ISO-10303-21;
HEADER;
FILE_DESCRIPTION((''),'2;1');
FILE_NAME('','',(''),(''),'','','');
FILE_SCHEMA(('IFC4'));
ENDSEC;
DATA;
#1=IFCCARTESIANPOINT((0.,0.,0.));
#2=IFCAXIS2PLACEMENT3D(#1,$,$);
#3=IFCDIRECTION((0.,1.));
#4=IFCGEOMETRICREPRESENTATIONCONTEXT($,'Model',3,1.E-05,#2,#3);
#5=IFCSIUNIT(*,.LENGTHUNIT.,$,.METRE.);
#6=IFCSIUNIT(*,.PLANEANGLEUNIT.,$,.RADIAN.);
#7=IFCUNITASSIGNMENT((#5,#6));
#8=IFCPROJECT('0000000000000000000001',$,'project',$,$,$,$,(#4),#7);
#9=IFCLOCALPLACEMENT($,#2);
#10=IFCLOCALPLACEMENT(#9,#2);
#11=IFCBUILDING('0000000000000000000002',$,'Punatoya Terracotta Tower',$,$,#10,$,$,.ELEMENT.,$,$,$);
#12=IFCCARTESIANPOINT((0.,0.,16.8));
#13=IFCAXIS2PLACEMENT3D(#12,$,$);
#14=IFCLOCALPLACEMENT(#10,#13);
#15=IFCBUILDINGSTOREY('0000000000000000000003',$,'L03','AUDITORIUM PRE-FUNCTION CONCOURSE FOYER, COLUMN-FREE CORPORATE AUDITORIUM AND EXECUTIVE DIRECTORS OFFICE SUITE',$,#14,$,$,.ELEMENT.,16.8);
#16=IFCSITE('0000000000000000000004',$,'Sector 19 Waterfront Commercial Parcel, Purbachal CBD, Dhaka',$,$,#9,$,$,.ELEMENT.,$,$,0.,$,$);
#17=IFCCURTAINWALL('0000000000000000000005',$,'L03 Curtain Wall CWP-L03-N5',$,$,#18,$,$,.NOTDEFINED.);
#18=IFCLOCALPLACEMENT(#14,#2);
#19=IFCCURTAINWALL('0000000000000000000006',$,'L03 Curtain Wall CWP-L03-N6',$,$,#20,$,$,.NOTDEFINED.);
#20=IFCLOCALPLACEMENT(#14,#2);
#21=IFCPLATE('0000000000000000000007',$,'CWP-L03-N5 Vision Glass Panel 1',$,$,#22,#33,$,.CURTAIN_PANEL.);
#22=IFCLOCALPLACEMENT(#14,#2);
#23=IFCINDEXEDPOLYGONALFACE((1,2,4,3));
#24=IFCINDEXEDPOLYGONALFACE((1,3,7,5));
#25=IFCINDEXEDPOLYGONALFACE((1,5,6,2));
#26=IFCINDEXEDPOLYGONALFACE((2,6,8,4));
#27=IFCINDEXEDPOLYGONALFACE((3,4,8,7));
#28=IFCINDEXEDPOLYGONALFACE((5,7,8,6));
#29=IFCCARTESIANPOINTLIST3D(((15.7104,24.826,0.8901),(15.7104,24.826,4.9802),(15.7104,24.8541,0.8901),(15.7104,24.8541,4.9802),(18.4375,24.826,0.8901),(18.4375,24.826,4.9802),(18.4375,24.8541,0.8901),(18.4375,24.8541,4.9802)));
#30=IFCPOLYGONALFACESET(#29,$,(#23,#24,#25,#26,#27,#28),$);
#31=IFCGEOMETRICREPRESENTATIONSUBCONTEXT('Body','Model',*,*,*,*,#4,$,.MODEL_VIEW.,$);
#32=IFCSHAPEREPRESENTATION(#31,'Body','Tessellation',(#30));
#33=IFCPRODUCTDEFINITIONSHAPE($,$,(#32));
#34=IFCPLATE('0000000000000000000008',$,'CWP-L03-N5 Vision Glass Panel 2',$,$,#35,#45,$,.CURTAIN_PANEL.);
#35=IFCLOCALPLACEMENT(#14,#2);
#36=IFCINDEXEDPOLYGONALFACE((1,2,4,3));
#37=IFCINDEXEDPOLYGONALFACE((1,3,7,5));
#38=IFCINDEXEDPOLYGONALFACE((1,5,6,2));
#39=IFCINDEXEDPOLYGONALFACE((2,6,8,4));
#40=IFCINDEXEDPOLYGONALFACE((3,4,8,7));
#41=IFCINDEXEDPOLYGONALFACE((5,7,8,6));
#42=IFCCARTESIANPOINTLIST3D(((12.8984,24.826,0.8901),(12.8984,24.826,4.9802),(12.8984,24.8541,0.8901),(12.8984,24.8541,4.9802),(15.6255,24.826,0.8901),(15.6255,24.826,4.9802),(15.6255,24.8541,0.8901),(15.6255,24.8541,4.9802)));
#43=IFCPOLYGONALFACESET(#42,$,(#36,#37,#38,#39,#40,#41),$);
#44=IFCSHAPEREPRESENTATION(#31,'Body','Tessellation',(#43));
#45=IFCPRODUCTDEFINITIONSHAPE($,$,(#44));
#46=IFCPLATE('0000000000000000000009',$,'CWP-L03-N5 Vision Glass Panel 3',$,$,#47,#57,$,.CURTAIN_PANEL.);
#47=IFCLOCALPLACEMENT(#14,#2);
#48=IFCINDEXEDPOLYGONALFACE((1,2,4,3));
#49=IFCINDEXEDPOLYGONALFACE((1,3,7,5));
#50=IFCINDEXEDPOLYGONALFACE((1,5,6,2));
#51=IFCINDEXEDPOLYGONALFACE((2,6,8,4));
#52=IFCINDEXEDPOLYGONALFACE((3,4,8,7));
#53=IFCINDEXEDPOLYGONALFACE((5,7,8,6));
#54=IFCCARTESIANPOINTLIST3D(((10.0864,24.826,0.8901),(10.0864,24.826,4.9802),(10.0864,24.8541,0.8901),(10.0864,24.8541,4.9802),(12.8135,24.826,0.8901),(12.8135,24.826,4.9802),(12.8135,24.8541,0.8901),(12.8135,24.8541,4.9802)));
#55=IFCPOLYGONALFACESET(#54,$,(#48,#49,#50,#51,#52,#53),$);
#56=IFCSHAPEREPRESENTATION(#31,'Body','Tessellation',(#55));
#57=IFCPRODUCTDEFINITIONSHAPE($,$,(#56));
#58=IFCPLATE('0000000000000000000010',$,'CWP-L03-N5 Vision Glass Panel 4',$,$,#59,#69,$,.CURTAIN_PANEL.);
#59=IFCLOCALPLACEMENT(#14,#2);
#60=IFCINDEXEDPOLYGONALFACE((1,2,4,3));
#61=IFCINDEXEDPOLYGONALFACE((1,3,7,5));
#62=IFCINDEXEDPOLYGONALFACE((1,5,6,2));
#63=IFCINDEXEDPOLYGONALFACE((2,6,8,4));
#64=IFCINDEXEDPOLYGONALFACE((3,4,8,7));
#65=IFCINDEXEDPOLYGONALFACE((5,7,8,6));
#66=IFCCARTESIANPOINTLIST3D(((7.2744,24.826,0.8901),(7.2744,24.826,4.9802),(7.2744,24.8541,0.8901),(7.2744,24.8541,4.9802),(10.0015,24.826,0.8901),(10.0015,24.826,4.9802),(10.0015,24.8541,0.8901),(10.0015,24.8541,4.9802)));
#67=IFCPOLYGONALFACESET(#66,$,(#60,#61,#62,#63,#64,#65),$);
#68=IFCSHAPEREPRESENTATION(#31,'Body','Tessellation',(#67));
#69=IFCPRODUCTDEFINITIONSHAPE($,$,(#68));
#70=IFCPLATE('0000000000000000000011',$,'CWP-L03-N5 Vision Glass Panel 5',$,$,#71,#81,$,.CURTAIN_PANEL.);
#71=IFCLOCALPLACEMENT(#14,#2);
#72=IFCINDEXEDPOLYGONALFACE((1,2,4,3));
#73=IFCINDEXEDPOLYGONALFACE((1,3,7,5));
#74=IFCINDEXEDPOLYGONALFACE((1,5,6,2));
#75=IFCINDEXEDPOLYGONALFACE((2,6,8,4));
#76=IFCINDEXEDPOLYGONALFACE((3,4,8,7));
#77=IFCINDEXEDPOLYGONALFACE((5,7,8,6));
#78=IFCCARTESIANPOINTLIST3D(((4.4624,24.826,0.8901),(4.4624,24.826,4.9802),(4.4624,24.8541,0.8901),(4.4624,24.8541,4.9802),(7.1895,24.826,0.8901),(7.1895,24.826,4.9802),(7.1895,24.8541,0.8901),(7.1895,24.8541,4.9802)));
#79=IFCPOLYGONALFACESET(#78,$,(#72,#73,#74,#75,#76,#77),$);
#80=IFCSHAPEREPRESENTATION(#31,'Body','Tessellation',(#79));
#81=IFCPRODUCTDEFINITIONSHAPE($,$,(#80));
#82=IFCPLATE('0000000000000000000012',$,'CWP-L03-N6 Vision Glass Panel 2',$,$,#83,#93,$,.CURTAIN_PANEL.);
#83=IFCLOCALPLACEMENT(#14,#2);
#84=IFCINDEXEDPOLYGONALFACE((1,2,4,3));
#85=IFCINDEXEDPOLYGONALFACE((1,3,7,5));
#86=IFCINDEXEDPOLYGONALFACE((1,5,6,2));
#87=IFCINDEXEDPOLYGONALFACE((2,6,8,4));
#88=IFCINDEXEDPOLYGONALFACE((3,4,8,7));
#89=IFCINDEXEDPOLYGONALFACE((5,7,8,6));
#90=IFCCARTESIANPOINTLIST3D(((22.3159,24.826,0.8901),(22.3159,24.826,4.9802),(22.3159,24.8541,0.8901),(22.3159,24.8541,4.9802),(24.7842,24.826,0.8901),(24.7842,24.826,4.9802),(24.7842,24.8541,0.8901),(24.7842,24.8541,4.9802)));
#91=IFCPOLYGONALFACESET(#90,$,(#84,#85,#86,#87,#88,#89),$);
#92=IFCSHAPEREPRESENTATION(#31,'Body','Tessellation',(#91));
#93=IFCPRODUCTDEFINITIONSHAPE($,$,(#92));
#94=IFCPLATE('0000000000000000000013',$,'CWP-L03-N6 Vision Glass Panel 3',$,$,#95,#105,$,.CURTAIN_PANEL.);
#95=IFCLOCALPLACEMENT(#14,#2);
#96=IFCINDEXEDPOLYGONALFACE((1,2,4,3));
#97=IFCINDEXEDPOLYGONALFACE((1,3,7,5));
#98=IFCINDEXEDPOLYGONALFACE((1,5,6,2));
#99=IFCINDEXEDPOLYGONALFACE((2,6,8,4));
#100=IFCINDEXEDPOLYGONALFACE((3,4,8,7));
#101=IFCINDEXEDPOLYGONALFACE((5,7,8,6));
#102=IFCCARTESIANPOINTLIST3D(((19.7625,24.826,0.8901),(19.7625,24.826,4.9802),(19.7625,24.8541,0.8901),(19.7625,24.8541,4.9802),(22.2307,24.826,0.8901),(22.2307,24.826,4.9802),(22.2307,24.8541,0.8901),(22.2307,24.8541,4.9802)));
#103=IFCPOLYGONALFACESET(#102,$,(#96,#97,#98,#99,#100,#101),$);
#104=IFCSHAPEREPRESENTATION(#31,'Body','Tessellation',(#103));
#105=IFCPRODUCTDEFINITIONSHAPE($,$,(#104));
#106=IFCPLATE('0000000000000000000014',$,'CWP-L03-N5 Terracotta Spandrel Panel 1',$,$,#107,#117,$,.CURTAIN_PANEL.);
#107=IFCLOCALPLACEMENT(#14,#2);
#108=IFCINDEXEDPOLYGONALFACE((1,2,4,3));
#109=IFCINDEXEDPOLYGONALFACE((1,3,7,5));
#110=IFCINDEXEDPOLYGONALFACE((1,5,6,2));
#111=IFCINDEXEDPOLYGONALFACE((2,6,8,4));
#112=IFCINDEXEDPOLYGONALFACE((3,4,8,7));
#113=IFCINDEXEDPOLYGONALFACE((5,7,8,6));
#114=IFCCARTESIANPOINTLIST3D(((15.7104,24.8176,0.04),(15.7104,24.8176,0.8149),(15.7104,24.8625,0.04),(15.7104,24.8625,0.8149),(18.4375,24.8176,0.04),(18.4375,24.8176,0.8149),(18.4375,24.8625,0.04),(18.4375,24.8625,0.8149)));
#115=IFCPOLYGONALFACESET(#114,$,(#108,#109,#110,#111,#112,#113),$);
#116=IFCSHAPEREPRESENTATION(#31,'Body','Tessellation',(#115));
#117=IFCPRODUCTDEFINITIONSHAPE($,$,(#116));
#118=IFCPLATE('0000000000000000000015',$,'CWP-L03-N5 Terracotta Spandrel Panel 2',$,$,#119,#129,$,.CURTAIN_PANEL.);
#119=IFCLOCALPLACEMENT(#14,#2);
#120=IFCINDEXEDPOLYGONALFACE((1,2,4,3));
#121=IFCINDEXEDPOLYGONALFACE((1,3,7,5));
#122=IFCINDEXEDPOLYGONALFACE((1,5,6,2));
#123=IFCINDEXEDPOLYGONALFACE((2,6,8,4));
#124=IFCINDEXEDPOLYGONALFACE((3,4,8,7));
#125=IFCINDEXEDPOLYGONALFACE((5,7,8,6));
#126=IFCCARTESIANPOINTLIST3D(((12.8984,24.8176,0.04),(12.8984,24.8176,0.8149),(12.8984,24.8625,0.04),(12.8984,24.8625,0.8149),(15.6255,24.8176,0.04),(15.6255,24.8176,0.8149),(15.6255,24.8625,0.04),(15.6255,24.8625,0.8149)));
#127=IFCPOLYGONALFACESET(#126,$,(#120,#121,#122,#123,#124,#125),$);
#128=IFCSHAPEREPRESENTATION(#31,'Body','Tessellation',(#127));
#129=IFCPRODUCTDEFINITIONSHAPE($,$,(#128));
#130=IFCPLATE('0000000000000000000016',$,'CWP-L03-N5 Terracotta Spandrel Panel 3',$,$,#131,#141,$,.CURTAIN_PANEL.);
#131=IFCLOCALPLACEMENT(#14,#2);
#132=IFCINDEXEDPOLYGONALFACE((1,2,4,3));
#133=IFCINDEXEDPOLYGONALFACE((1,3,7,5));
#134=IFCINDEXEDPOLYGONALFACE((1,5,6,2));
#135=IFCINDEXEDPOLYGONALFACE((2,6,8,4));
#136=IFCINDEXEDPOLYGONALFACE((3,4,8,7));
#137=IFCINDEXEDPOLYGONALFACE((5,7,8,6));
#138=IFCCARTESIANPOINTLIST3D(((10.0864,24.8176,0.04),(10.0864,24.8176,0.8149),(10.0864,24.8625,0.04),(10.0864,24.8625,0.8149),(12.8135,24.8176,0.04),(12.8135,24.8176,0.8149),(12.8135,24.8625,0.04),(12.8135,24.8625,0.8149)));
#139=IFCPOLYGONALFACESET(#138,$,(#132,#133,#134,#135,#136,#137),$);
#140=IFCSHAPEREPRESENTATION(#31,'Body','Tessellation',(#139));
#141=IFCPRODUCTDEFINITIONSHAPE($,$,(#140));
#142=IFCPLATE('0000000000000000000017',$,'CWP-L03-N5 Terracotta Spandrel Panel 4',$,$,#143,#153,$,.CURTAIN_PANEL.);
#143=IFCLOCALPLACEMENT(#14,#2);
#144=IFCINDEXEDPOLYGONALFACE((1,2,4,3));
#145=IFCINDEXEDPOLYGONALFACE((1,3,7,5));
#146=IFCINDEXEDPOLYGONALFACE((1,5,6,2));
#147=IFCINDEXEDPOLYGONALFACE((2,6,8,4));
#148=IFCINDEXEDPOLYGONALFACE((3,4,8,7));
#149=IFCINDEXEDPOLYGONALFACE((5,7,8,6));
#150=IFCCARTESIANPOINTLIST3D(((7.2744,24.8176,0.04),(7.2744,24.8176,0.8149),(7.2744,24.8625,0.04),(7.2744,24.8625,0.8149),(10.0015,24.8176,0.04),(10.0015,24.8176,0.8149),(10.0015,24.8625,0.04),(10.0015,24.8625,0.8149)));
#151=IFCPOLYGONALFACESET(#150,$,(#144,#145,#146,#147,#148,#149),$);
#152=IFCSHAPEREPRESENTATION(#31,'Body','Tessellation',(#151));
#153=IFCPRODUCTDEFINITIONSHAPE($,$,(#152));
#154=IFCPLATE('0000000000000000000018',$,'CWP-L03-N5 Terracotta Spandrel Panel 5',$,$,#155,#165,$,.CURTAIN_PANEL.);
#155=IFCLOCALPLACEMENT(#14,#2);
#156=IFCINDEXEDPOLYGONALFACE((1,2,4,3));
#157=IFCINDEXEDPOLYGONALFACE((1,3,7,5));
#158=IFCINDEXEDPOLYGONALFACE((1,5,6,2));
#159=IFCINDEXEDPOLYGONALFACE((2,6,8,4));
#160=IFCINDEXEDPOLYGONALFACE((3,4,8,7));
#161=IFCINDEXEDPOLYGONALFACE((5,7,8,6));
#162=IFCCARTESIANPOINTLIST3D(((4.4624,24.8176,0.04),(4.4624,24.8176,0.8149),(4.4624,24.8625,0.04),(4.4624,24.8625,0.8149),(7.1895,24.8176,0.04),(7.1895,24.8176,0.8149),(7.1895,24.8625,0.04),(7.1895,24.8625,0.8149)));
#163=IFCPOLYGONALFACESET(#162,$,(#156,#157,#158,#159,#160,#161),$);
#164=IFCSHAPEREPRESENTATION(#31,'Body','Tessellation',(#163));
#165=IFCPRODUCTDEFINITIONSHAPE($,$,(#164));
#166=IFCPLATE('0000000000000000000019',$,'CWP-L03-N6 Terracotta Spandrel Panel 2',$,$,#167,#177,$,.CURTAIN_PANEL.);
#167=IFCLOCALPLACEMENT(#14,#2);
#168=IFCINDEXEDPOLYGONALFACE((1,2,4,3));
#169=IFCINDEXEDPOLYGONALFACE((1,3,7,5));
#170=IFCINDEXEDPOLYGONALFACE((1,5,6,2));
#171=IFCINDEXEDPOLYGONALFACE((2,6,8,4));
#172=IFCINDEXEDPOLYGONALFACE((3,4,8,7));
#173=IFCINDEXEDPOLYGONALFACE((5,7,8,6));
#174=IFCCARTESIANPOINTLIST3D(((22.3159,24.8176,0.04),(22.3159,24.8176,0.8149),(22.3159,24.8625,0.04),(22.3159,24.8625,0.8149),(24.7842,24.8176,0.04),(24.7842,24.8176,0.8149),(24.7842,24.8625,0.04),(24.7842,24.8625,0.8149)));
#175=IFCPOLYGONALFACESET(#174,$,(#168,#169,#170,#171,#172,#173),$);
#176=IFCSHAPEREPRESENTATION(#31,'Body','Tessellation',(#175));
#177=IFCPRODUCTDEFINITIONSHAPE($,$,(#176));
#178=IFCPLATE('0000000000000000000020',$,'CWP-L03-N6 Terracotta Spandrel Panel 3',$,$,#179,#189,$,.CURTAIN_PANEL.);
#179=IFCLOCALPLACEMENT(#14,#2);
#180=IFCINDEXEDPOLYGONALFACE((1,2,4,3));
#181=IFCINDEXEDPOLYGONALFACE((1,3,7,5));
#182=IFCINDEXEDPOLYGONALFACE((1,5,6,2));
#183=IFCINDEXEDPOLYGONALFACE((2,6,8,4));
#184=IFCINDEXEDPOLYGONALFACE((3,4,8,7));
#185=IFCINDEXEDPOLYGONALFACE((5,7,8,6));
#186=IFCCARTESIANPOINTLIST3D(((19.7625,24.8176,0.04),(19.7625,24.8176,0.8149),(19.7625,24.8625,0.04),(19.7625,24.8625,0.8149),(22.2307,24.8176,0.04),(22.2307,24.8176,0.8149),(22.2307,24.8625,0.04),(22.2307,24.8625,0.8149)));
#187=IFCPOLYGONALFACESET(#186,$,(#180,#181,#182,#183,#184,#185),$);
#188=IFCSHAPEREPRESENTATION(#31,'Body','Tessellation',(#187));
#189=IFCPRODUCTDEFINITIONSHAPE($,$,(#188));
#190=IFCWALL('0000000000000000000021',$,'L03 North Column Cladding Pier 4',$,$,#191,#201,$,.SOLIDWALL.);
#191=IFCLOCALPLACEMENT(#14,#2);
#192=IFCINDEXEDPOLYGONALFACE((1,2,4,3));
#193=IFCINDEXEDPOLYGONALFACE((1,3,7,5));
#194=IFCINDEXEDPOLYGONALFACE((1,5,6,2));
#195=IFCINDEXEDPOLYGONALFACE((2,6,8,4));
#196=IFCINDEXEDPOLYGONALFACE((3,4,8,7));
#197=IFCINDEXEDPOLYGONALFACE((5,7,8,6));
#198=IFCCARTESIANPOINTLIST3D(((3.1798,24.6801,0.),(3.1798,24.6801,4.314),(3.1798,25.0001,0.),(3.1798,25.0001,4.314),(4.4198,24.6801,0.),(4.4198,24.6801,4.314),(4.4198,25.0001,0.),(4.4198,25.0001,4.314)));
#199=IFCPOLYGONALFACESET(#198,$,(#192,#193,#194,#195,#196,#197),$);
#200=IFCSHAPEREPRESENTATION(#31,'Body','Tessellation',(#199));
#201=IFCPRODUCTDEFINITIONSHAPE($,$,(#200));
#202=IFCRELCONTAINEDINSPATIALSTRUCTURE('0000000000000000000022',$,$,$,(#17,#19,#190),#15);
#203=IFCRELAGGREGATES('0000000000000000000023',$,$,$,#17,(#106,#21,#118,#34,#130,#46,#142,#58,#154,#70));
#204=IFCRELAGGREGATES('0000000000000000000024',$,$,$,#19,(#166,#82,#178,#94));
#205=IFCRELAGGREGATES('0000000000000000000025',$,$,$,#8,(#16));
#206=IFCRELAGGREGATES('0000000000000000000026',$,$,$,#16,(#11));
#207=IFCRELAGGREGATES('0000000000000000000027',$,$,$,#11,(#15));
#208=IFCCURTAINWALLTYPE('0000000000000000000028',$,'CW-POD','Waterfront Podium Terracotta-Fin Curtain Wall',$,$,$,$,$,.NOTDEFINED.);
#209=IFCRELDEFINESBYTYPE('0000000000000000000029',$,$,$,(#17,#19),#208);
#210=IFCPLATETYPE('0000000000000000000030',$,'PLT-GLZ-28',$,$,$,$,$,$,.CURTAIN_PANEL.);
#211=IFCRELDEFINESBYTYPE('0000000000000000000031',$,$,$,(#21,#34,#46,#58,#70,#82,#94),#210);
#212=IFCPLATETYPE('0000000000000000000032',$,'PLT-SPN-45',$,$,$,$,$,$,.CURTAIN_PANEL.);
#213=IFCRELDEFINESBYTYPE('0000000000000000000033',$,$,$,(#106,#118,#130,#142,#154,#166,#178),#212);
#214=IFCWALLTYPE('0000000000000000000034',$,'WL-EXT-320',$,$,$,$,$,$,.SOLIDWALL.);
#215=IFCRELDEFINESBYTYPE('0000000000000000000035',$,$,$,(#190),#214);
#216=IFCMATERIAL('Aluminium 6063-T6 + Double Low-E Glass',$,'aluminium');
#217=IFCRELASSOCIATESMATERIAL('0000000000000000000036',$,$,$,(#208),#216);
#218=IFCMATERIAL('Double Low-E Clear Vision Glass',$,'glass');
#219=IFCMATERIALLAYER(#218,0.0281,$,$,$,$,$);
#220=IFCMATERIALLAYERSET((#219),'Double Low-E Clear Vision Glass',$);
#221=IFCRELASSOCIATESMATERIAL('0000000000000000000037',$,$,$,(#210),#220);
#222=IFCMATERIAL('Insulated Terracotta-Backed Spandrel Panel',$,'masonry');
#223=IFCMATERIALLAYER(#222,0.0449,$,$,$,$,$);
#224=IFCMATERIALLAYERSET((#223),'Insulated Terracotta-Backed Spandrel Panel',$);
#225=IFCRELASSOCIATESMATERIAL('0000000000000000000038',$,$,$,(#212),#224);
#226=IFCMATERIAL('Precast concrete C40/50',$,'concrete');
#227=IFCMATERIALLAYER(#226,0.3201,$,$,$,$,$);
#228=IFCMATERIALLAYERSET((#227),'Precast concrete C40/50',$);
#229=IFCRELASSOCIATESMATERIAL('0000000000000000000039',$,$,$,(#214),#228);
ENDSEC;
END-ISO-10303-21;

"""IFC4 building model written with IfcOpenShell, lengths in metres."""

from ifc_helpers import new_model, si_unit, direction, frame, frame_2d, origin, origin_2d, place, context, subcontext, project, spatial, rectangle, extrude, material, layer, layer_set, type_object, element, aggregate, save


model = new_model("IFC4")

# Units and contexts
model_context = context("Model", 3, precision=1e-05, world=origin(), true_north=direction((0.0, 1.0)))
body_context = subcontext(model_context, "Body", "Model", "MODEL_VIEW")
ifc_project = project(units=[si_unit("LENGTHUNIT", "METRE"), si_unit("PLANEANGLEUNIT", "RADIAN")], contexts=[model_context])

# Site, building, storey
site_placement = place(None, origin())
site = spatial("IfcSite", under=ifc_project, at=site_placement, Name="Sector 19 Waterfront Commercial Parcel, Purbachal CBD, Dhaka", CompositionType="ELEMENT", RefElevation=0.0)
building_placement = place(site_placement, origin())
building = spatial("IfcBuilding", under=site, at=building_placement, Name="Punatoya Terracotta Tower", CompositionType="ELEMENT")
storey_placement = place(building_placement, frame((0.0, 0.0, 16.8)))
storey = spatial("IfcBuildingStorey", under=building, at=storey_placement, Name="L03", Description="AUDITORIUM PRE-FUNCTION CONCOURSE FOYER, COLUMN-FREE CORPORATE AUDITORIUM AND EXECUTIVE DIRECTORS OFFICE SUITE", CompositionType="ELEMENT", Elevation=16.8)

# Shared definitions
ifc_material_1 = material(Name="Aluminium 6063-T6 + Double Low-E Glass", Category="aluminium")
curtain_wall_type = type_object("IfcCurtainWallType", Name="CW-POD", Description="Waterfront Podium Terracotta-Fin Curtain Wall", PredefinedType="NOTDEFINED", material=ifc_material_1)

# Curtain walls
curtain_wall_1_placement = place(storey_placement, origin())
curtain_wall_1 = element("IfcCurtainWall", 1, at=curtain_wall_1_placement, inside=storey, type_object=curtain_wall_type, Name="L03 Curtain Wall CWP-L03-N5", PredefinedType="NOTDEFINED")
curtain_wall_2_placement = place(storey_placement, origin())
curtain_wall_2 = element("IfcCurtainWall", 2, at=curtain_wall_2_placement, inside=storey, type_object=curtain_wall_type, Name="L03 Curtain Wall CWP-L03-N6", PredefinedType="NOTDEFINED")

# Plates
ifc_material_2 = material(Name="Double Low-E Clear Vision Glass", Category="glass")
ifc_layer_1 = layer(ifc_material_2, 0.0281)
ifc_layer_set_1 = layer_set([ifc_layer_1], Name="Double Low-E Clear Vision Glass")
plate_type_1 = type_object("IfcPlateType", Name="PLT-GLZ-28", PredefinedType="CURTAIN_PANEL", material=ifc_layer_set_1)
plate_1_placement = place(storey_placement, frame((17.074, 24.8401, 0.8901), z_axis=(0.0, 0.0, 1.0), x_axis=(-1.0, 0.0, 0.0)))
plate_1 = element("IfcPlate", 3, at=plate_1_placement, type_object=plate_type_1, Name="CWP-L03-N5 Vision Glass Panel 1", PredefinedType="CURTAIN_PANEL", context=body_context, shape_type="SweptSolid", body=[
    extrude(rectangle(XDim=2.7271, YDim=0.0281, at=origin_2d()), origin(), (0.0, 0.0, 1.0), 4.0901),
])
plate_2_placement = place(storey_placement, frame((14.262, 24.8401, 0.8901), z_axis=(0.0, 0.0, 1.0), x_axis=(-1.0, 0.0, 0.0)))
plate_2 = element("IfcPlate", 4, at=plate_2_placement, type_object=plate_type_1, Name="CWP-L03-N5 Vision Glass Panel 2", PredefinedType="CURTAIN_PANEL", context=body_context, shape_type="SweptSolid", body=[
    extrude(rectangle(XDim=2.7271, YDim=0.0281, at=origin_2d()), origin(), (0.0, 0.0, 1.0), 4.0901),
])
plate_3_placement = place(storey_placement, frame((11.45, 24.8401, 0.8901), z_axis=(0.0, 0.0, 1.0), x_axis=(-1.0, 0.0, 0.0)))
plate_3 = element("IfcPlate", 5, at=plate_3_placement, type_object=plate_type_1, Name="CWP-L03-N5 Vision Glass Panel 3", PredefinedType="CURTAIN_PANEL", context=body_context, shape_type="SweptSolid", body=[
    extrude(rectangle(XDim=2.7271, YDim=0.0281, at=origin_2d()), origin(), (0.0, 0.0, 1.0), 4.0901),
])
plate_4_placement = place(storey_placement, frame((8.6379, 24.8401, 0.8901), z_axis=(0.0, 0.0, 1.0), x_axis=(-1.0, 0.0, 0.0)))
plate_4 = element("IfcPlate", 6, at=plate_4_placement, type_object=plate_type_1, Name="CWP-L03-N5 Vision Glass Panel 4", PredefinedType="CURTAIN_PANEL", context=body_context, shape_type="SweptSolid", body=[
    extrude(rectangle(XDim=2.7271, YDim=0.0281, at=origin_2d()), origin(), (0.0, 0.0, 1.0), 4.0901),
])
plate_5_placement = place(storey_placement, frame((5.8259, 24.8401, 0.8901), z_axis=(0.0, 0.0, 1.0), x_axis=(-1.0, 0.0, 0.0)))
plate_5 = element("IfcPlate", 7, at=plate_5_placement, type_object=plate_type_1, Name="CWP-L03-N5 Vision Glass Panel 5", PredefinedType="CURTAIN_PANEL", context=body_context, shape_type="SweptSolid", body=[
    extrude(rectangle(XDim=2.7271, YDim=0.0281, at=origin_2d()), origin(), (0.0, 0.0, 1.0), 4.0901),
])
plate_6_placement = place(storey_placement, frame((23.55, 24.8401, 0.8901), z_axis=(0.0, 0.0, 1.0), x_axis=(-1.0, 0.0, 0.0)))
plate_6 = element("IfcPlate", 8, at=plate_6_placement, type_object=plate_type_1, Name="CWP-L03-N6 Vision Glass Panel 2", PredefinedType="CURTAIN_PANEL", context=body_context, shape_type="SweptSolid", body=[
    extrude(rectangle(XDim=2.4683, YDim=0.0281, at=origin_2d()), origin(), (0.0, 0.0, 1.0), 4.0901),
])
plate_7_placement = place(storey_placement, frame((20.9966, 24.8401, 0.8901), z_axis=(0.0, 0.0, 1.0), x_axis=(-1.0, 0.0, 0.0)))
plate_7 = element("IfcPlate", 9, at=plate_7_placement, type_object=plate_type_1, Name="CWP-L03-N6 Vision Glass Panel 3", PredefinedType="CURTAIN_PANEL", context=body_context, shape_type="SweptSolid", body=[
    extrude(rectangle(XDim=2.4683, YDim=0.0281, at=origin_2d()), origin(), (0.0, 0.0, 1.0), 4.0901),
])
ifc_material_3 = material(Name="Insulated Terracotta-Backed Spandrel Panel", Category="masonry")
ifc_layer_2 = layer(ifc_material_3, 0.0449)
ifc_layer_set_2 = layer_set([ifc_layer_2], Name="Insulated Terracotta-Backed Spandrel Panel")
plate_type_2 = type_object("IfcPlateType", Name="PLT-SPN-45", PredefinedType="CURTAIN_PANEL", material=ifc_layer_set_2)
plate_8_placement = place(storey_placement, frame((17.074, 24.8401, 0.04), z_axis=(0.0, 0.0, 1.0), x_axis=(-1.0, 0.0, 0.0)))
plate_8 = element("IfcPlate", 10, at=plate_8_placement, type_object=plate_type_2, Name="CWP-L03-N5 Terracotta Spandrel Panel 1", PredefinedType="CURTAIN_PANEL", context=body_context, shape_type="SweptSolid", body=[
    extrude(rectangle(XDim=2.7271, YDim=0.0449, at=origin_2d()), origin(), (0.0, 0.0, 1.0), 0.7749),
])
plate_9_placement = place(storey_placement, frame((14.262, 24.8401, 0.04), z_axis=(0.0, 0.0, 1.0), x_axis=(-1.0, 0.0, 0.0)))
plate_9 = element("IfcPlate", 11, at=plate_9_placement, type_object=plate_type_2, Name="CWP-L03-N5 Terracotta Spandrel Panel 2", PredefinedType="CURTAIN_PANEL", context=body_context, shape_type="SweptSolid", body=[
    extrude(rectangle(XDim=2.7271, YDim=0.0449, at=origin_2d()), origin(), (0.0, 0.0, 1.0), 0.7749),
])
plate_10_placement = place(storey_placement, frame((11.45, 24.8401, 0.04), z_axis=(0.0, 0.0, 1.0), x_axis=(-1.0, 0.0, 0.0)))
plate_10 = element("IfcPlate", 12, at=plate_10_placement, type_object=plate_type_2, Name="CWP-L03-N5 Terracotta Spandrel Panel 3", PredefinedType="CURTAIN_PANEL", context=body_context, shape_type="SweptSolid", body=[
    extrude(rectangle(XDim=2.7271, YDim=0.0449, at=origin_2d()), origin(), (0.0, 0.0, 1.0), 0.7749),
])
plate_11_placement = place(storey_placement, frame((8.6379, 24.8401, 0.04), z_axis=(0.0, 0.0, 1.0), x_axis=(-1.0, 0.0, 0.0)))
plate_11 = element("IfcPlate", 13, at=plate_11_placement, type_object=plate_type_2, Name="CWP-L03-N5 Terracotta Spandrel Panel 4", PredefinedType="CURTAIN_PANEL", context=body_context, shape_type="SweptSolid", body=[
    extrude(rectangle(XDim=2.7271, YDim=0.0449, at=origin_2d()), origin(), (0.0, 0.0, 1.0), 0.7749),
])
plate_12_placement = place(storey_placement, frame((5.8259, 24.8401, 0.04), z_axis=(0.0, 0.0, 1.0), x_axis=(-1.0, 0.0, 0.0)))
plate_12 = element("IfcPlate", 14, at=plate_12_placement, type_object=plate_type_2, Name="CWP-L03-N5 Terracotta Spandrel Panel 5", PredefinedType="CURTAIN_PANEL", context=body_context, shape_type="SweptSolid", body=[
    extrude(rectangle(XDim=2.7271, YDim=0.0449, at=origin_2d()), origin(), (0.0, 0.0, 1.0), 0.7749),
])
aggregate(curtain_wall_1, [plate_8, plate_1, plate_9, plate_2, plate_10, plate_3, plate_11, plate_4, plate_12, plate_5])
plate_13_placement = place(storey_placement, frame((23.55, 24.8401, 0.04), z_axis=(0.0, 0.0, 1.0), x_axis=(-1.0, 0.0, 0.0)))
plate_13 = element("IfcPlate", 15, at=plate_13_placement, type_object=plate_type_2, Name="CWP-L03-N6 Terracotta Spandrel Panel 2", PredefinedType="CURTAIN_PANEL", context=body_context, shape_type="SweptSolid", body=[
    extrude(rectangle(XDim=2.4683, YDim=0.0449, at=origin_2d()), origin(), (0.0, 0.0, 1.0), 0.7749),
])
plate_14_placement = place(storey_placement, frame((20.9966, 24.8401, 0.04), z_axis=(0.0, 0.0, 1.0), x_axis=(-1.0, 0.0, 0.0)))
plate_14 = element("IfcPlate", 16, at=plate_14_placement, type_object=plate_type_2, Name="CWP-L03-N6 Terracotta Spandrel Panel 3", PredefinedType="CURTAIN_PANEL", context=body_context, shape_type="SweptSolid", body=[
    extrude(rectangle(XDim=2.4683, YDim=0.0449, at=origin_2d()), origin(), (0.0, 0.0, 1.0), 0.7749),
])
aggregate(curtain_wall_2, [plate_13, plate_6, plate_14, plate_7])

# Wall
ifc_material_4 = material(Name="Precast concrete C40/50", Category="concrete")
ifc_layer_3 = layer(ifc_material_4, 0.3201)
ifc_layer_set_3 = layer_set([ifc_layer_3], Name="Precast concrete C40/50")
wall_type = type_object("IfcWallType", Name="WL-EXT-320", PredefinedType="SOLIDWALL", material=ifc_layer_set_3)
for number, where, z_axis, x_axis, name in (
    (17, (4.4199, 24.8401, 0.0), (0.0, 0.0, 1.0), (-1.0, 0.0, 0.0), "L03 North Column Cladding Pier 4"),
):
    element("IfcWall", number, at=place(storey_placement, frame(where, z_axis=z_axis, x_axis=x_axis)), inside=storey, type_object=wall_type, Name=name, PredefinedType="SOLIDWALL", context=body_context, shape_type="SweptSolid", body=[
        extrude(rectangle(XDim=1.24, YDim=0.3201, at=frame_2d((0.6201, 0.0))), origin(), (0.0, 0.0, 1.0), 4.314),
    ])

save(model, "model.ifc")
